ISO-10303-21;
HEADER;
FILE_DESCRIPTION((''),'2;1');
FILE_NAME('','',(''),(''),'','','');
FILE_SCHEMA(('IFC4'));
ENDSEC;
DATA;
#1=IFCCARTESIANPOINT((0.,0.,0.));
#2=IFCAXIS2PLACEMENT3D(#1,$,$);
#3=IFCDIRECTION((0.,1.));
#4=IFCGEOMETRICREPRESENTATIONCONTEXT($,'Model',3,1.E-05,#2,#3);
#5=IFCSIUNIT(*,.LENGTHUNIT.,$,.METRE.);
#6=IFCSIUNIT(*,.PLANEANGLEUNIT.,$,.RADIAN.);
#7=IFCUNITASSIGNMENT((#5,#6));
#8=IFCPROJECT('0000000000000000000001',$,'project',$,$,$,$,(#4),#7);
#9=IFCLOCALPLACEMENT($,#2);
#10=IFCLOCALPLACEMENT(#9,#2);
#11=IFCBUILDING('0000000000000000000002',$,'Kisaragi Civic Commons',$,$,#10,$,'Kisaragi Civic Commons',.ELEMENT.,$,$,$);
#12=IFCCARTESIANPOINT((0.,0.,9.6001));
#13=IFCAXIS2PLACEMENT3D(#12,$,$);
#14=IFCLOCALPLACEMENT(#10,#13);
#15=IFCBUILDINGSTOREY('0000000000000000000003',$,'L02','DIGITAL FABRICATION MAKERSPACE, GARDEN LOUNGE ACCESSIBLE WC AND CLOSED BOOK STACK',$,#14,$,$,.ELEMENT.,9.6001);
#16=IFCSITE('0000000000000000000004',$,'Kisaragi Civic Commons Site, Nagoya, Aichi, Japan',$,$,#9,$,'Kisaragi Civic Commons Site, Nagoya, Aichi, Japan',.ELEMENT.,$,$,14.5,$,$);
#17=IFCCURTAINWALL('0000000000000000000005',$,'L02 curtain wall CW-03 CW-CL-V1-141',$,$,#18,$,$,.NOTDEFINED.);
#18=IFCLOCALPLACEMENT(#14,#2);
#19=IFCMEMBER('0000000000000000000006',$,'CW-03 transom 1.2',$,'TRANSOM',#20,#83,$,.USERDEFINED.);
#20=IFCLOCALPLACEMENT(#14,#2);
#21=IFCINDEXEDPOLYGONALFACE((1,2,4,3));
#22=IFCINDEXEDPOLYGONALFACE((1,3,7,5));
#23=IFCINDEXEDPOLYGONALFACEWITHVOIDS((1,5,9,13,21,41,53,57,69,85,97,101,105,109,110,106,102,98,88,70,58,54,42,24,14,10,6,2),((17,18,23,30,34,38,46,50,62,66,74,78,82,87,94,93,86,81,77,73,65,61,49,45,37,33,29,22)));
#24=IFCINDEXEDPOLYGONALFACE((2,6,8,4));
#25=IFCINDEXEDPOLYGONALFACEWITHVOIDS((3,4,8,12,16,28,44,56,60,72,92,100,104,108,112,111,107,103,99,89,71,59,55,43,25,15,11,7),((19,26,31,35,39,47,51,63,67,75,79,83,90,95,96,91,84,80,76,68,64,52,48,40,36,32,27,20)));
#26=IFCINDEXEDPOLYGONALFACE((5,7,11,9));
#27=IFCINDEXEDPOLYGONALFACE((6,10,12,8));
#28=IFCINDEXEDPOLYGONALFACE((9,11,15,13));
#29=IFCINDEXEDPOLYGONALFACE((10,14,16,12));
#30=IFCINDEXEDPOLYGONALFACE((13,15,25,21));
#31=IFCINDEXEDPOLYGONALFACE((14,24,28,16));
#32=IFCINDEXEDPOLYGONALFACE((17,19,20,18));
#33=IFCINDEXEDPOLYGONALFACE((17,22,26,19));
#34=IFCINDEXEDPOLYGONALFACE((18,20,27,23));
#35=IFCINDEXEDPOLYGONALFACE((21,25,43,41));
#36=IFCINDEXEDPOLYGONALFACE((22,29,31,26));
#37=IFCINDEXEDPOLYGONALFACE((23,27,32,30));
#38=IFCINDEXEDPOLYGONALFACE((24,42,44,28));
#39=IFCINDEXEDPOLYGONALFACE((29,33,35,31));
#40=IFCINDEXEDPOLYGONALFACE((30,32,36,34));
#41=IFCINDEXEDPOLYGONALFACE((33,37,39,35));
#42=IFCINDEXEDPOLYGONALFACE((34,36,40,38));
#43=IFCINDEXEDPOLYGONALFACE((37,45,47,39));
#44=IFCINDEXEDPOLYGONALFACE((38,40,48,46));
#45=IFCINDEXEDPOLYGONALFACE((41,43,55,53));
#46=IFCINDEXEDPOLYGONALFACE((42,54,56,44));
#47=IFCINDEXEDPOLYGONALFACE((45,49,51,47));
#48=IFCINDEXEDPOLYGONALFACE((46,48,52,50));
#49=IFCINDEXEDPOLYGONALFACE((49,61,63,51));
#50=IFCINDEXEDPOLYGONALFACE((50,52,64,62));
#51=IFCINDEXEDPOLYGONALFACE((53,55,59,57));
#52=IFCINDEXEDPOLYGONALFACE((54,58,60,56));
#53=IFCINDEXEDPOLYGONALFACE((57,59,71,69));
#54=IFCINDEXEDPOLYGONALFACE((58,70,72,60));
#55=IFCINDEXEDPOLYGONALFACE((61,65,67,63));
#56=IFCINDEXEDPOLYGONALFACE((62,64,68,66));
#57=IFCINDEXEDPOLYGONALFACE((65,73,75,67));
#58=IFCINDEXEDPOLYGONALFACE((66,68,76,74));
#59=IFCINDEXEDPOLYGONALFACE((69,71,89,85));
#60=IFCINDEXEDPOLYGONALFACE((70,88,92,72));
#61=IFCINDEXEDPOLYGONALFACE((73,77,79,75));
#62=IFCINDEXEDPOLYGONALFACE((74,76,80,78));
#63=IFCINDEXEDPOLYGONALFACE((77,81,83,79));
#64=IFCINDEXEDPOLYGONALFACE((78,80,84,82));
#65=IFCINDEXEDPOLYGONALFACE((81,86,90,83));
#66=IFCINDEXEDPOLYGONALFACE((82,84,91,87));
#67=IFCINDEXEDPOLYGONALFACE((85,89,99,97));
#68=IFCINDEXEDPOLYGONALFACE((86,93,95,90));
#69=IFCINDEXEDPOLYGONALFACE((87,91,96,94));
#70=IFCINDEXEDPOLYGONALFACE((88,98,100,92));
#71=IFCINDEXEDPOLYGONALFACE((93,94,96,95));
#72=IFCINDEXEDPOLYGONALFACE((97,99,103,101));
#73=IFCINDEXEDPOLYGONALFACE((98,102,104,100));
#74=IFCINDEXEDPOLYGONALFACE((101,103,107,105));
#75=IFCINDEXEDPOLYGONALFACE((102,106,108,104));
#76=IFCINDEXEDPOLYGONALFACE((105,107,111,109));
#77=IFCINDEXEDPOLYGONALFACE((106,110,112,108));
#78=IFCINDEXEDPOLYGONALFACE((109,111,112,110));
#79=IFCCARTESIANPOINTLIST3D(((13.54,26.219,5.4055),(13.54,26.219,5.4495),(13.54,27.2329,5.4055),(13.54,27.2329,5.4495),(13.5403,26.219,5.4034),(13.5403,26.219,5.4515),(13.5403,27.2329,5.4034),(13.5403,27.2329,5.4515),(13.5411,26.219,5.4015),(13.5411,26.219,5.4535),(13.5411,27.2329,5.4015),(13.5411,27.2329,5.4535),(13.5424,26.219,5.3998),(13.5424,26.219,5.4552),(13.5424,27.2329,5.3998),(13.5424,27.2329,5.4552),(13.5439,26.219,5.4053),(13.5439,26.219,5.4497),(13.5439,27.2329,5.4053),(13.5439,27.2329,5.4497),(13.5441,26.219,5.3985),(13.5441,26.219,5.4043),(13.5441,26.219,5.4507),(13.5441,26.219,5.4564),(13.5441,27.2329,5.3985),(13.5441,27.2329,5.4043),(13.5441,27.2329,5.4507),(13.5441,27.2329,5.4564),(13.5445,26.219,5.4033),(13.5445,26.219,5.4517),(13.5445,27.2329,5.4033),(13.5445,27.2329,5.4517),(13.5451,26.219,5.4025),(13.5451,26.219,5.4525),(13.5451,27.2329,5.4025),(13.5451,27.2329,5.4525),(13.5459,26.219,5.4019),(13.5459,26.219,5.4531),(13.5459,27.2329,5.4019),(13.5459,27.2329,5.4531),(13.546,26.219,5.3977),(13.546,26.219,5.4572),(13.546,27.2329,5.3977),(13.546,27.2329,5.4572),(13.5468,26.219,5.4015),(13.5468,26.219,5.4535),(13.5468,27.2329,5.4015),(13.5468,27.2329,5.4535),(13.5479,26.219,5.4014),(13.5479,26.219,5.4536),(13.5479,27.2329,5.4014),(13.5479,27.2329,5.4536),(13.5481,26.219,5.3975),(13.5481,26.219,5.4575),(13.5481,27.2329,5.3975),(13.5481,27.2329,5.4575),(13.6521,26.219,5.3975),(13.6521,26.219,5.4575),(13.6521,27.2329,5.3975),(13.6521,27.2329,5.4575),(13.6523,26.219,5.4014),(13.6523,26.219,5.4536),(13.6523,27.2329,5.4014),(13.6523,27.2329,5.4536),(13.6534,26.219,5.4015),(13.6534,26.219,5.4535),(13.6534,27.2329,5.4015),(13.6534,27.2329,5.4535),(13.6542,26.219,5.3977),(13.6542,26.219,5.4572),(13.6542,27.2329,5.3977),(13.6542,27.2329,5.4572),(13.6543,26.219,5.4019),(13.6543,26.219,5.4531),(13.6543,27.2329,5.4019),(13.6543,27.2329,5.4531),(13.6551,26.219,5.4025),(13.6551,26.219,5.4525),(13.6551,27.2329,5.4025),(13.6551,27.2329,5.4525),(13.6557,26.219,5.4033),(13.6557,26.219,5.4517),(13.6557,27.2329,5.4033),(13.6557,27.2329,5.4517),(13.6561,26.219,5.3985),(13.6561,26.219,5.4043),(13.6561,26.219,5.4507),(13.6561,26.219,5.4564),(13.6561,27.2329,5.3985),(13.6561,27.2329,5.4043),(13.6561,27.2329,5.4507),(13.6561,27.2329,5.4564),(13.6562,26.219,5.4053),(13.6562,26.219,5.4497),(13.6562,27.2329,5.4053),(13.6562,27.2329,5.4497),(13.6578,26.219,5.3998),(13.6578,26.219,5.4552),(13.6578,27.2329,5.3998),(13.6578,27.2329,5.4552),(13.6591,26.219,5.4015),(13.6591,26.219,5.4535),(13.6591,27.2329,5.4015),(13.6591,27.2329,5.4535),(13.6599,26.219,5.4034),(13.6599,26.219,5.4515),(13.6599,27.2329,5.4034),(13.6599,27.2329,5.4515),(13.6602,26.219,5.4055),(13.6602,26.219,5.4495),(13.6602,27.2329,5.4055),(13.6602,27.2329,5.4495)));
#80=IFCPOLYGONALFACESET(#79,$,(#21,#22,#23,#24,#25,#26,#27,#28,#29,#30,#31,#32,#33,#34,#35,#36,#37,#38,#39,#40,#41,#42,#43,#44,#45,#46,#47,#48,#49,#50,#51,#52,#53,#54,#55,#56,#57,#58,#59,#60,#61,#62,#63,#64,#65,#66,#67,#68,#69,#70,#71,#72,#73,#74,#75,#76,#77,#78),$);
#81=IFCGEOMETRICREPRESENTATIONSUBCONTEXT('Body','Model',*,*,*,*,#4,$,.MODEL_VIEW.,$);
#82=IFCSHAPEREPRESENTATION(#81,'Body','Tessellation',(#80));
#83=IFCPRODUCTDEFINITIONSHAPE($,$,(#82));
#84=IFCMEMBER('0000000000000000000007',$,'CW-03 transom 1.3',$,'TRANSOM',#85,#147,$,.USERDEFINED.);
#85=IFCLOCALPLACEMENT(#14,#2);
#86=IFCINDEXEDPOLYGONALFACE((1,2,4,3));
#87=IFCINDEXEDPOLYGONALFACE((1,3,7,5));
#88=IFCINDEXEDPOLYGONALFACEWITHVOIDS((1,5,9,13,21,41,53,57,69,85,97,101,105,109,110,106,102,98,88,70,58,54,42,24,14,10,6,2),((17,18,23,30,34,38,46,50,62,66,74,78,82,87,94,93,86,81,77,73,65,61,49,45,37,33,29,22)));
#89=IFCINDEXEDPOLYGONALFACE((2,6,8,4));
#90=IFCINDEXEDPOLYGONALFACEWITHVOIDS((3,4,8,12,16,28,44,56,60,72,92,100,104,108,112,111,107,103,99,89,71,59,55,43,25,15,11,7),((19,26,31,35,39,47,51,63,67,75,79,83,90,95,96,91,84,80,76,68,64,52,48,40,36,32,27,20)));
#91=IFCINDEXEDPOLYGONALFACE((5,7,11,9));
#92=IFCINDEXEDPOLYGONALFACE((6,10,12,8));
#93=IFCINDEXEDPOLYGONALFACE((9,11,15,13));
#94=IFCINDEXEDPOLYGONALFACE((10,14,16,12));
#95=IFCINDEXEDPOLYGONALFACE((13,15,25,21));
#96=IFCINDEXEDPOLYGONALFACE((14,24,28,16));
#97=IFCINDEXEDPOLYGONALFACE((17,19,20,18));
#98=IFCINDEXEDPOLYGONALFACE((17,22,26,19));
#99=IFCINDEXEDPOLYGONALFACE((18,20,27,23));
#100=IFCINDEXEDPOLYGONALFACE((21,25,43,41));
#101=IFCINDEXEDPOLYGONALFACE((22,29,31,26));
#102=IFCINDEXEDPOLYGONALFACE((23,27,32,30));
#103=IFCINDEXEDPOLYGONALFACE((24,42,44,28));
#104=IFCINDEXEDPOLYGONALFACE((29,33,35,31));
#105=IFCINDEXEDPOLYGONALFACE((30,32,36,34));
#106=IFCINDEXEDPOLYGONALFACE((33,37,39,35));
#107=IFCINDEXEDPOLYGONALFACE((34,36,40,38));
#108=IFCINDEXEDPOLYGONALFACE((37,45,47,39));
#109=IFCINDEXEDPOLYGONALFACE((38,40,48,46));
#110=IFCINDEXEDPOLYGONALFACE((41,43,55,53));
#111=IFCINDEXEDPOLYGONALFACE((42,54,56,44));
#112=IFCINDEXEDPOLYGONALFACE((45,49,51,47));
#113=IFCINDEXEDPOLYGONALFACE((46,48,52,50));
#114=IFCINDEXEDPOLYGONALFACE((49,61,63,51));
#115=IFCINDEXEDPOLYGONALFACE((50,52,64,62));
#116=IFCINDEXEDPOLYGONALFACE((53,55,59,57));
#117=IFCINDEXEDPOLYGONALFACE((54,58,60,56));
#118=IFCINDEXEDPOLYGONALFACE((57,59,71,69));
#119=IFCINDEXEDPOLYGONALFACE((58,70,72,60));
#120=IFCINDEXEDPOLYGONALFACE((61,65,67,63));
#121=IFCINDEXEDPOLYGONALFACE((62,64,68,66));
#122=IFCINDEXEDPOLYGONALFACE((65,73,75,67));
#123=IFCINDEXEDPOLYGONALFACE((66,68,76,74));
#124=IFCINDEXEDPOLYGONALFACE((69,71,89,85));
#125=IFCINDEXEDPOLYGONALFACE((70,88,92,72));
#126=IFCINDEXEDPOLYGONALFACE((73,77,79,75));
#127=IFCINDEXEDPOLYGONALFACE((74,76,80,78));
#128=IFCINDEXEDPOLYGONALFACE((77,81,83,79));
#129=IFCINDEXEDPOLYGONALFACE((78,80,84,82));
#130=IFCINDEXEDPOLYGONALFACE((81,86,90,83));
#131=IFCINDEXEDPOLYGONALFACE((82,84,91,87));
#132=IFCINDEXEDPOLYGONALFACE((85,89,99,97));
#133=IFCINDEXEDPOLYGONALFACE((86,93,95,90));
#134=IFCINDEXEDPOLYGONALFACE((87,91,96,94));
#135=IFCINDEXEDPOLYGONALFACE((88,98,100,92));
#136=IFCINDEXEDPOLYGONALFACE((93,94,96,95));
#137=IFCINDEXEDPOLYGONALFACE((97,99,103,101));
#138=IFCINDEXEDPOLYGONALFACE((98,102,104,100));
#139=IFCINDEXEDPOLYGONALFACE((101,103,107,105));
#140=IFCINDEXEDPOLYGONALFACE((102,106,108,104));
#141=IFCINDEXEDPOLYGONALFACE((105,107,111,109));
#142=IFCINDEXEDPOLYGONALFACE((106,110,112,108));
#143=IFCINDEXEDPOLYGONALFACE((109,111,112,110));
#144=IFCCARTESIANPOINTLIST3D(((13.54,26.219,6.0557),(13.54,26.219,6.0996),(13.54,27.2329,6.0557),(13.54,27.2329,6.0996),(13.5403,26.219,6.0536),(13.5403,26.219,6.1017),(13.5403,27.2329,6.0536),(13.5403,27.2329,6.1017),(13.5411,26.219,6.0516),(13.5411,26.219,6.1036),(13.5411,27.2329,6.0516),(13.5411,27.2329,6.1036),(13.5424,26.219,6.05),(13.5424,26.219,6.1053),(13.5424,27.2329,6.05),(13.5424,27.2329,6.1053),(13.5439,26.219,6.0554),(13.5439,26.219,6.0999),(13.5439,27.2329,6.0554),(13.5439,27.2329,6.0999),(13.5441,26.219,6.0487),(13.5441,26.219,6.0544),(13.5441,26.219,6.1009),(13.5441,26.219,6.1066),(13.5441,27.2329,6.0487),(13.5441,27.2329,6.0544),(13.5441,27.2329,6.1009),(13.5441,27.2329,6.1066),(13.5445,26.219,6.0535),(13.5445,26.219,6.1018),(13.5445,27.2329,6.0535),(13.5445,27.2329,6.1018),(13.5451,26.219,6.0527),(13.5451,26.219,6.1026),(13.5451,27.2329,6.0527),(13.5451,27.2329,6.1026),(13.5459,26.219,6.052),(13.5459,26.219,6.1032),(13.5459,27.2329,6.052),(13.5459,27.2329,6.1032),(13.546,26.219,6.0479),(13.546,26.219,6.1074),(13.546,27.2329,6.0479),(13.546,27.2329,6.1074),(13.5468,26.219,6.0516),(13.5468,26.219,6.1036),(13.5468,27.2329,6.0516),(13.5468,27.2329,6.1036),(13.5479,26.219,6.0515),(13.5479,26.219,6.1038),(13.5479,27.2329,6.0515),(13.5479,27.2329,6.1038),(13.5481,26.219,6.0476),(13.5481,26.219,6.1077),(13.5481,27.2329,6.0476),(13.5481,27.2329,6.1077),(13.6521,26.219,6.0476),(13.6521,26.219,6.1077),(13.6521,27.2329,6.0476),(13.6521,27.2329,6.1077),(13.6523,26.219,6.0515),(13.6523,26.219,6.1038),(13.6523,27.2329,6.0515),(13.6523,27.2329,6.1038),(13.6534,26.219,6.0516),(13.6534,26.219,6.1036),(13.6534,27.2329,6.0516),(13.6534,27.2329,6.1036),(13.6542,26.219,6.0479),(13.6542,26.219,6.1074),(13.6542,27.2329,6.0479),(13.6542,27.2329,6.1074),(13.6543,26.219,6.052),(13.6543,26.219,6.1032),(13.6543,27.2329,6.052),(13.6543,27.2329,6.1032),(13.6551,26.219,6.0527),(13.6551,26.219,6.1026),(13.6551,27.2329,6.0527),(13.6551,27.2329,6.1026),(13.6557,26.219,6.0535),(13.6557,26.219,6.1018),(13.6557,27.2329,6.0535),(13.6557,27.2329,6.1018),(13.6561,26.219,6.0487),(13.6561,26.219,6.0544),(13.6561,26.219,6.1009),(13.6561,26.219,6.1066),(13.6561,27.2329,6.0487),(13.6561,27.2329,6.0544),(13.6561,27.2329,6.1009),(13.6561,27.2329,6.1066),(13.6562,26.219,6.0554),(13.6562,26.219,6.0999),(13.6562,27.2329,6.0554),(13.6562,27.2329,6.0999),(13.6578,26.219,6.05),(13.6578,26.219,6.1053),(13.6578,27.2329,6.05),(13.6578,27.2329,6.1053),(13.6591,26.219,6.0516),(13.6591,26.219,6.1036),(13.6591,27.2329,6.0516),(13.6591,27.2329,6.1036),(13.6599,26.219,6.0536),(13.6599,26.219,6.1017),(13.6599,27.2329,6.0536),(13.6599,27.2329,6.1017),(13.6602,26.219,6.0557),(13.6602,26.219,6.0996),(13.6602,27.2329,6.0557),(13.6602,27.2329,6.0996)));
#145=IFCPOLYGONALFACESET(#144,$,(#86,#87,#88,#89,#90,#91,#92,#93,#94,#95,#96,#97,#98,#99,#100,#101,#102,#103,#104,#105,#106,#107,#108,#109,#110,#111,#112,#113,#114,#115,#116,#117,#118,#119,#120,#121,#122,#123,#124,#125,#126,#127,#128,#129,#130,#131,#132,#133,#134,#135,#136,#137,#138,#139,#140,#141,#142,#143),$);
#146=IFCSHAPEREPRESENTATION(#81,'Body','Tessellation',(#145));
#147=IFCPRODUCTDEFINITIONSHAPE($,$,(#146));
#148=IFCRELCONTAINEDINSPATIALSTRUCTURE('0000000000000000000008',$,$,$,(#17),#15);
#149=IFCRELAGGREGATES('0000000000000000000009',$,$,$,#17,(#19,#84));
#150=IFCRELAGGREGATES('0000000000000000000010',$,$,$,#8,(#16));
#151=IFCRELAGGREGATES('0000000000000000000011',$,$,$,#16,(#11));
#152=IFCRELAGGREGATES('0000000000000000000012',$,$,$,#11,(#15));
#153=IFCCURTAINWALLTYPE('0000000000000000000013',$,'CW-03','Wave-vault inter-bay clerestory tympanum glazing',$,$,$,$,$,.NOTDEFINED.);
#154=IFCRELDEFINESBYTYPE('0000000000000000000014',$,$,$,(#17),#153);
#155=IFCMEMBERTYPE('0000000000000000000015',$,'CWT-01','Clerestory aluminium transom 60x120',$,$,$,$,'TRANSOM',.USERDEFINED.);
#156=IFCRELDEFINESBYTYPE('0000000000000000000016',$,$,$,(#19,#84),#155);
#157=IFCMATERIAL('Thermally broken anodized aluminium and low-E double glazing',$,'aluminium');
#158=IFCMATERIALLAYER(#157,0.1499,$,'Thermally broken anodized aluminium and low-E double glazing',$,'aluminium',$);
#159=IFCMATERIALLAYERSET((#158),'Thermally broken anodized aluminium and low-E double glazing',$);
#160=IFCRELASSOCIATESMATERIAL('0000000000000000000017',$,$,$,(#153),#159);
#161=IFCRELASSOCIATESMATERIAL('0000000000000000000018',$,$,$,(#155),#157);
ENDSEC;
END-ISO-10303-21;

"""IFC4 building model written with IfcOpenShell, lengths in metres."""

from ifc_helpers import new_model, si_unit, direction, frame, origin, origin_2d, place, context, subcontext, project, spatial, hollow_rectangle, extrude, material, layer, layer_set, material_profile, profile_set, type_object, element, aggregate, save


model = new_model("IFC4")

# Units and contexts
model_context = context("Model", 3, precision=1e-05, world=origin(), true_north=direction((0.0, 1.0)))
body_context = subcontext(model_context, "Body", "Model", "MODEL_VIEW")
ifc_project = project(units=[si_unit("LENGTHUNIT", "METRE"), si_unit("PLANEANGLEUNIT", "RADIAN")], contexts=[model_context])

# Site, building, storey
site_placement = place(None, origin())
site = spatial("IfcSite", under=ifc_project, at=site_placement, Name="Kisaragi Civic Commons Site, Nagoya, Aichi, Japan", LongName="Kisaragi Civic Commons Site, Nagoya, Aichi, Japan", CompositionType="ELEMENT", RefElevation=14.5)
building_placement = place(site_placement, origin())
building = spatial("IfcBuilding", under=site, at=building_placement, Name="Kisaragi Civic Commons", LongName="Kisaragi Civic Commons", CompositionType="ELEMENT")
storey_placement = place(building_placement, frame((0.0, 0.0, 9.6001)))
storey = spatial("IfcBuildingStorey", under=building, at=storey_placement, Name="L02", Description="DIGITAL FABRICATION MAKERSPACE, GARDEN LOUNGE ACCESSIBLE WC AND CLOSED BOOK STACK", CompositionType="ELEMENT", Elevation=9.6001)

# Shared definitions
ifc_material_1 = material(Name="Thermally broken anodized aluminium and low-E double glazing", Category="aluminium")
ifc_layer_1 = layer(ifc_material_1, 0.1499, Name="Thermally broken anodized aluminium and low-E double glazing", Category="aluminium")
ifc_layer_set_1 = layer_set([ifc_layer_1], Name="Thermally broken anodized aluminium and low-E double glazing")
curtain_wall_type = type_object("IfcCurtainWallType", Name="CW-03", Description="Wave-vault inter-bay clerestory tympanum glazing", PredefinedType="NOTDEFINED", material=ifc_layer_set_1)

# Curtain wall
curtain_wall_1_placement = place(storey_placement, origin())
curtain_wall_1 = element("IfcCurtainWall", 1, at=curtain_wall_1_placement, inside=storey, type_object=curtain_wall_type, Name="L02 curtain wall CW-03 CW-CL-V1-141", PredefinedType="NOTDEFINED")

# Members
ifc_material_profile_1 = material_profile(ifc_material_1, hollow_rectangle(XDim=0.1201, YDim=0.0601, WallThickness=0.0039, InnerFilletRadius=0.0039, OuterFilletRadius=0.0081, at=origin_2d()), Name="CWT-60x120x4", Category="aluminium")
ifc_profile_set_1 = profile_set([ifc_material_profile_1], Name="Thermally broken anodized aluminium and low-E double glazing")
member_type_1 = type_object("IfcMemberType", Name="CWT-01", Description="Clerestory aluminium transom 60x120", ElementType="TRANSOM", PredefinedType="USERDEFINED", material=ifc_profile_set_1)
member_1_placement = place(storey_placement, frame((13.6001, 26.219, 5.4275), z_axis=(0.0, 1.0, 0.0), x_axis=(-1.0, 0.0, 0.0)))
member_1 = element("IfcMember", 2, at=member_1_placement, type_object=member_type_1, Name="CW-03 transom 1.2", ObjectType="TRANSOM", PredefinedType="USERDEFINED", context=body_context, shape_type="SweptSolid", body=[
    extrude(hollow_rectangle(XDim=0.1201, YDim=0.0601, WallThickness=0.0039, InnerFilletRadius=0.0039, OuterFilletRadius=0.0081, at=origin_2d()), origin(), (0.0, 0.0, 1.0), 1.0139),
])
member_2_placement = place(storey_placement, frame((13.6001, 26.219, 6.0776), z_axis=(0.0, 1.0, 0.0), x_axis=(-1.0, 0.0, 0.0)))
member_2 = element("IfcMember", 3, at=member_2_placement, type_object=member_type_1, Name="CW-03 transom 1.3", ObjectType="TRANSOM", PredefinedType="USERDEFINED", context=body_context, shape_type="SweptSolid", body=[
    extrude(hollow_rectangle(XDim=0.1201, YDim=0.0601, WallThickness=0.0039, InnerFilletRadius=0.0039, OuterFilletRadius=0.0081, at=origin_2d()), origin(), (0.0, 0.0, 1.0), 1.0139),
])

aggregate(curtain_wall_1, [member_1, member_2])

save(model, "model.ifc")
